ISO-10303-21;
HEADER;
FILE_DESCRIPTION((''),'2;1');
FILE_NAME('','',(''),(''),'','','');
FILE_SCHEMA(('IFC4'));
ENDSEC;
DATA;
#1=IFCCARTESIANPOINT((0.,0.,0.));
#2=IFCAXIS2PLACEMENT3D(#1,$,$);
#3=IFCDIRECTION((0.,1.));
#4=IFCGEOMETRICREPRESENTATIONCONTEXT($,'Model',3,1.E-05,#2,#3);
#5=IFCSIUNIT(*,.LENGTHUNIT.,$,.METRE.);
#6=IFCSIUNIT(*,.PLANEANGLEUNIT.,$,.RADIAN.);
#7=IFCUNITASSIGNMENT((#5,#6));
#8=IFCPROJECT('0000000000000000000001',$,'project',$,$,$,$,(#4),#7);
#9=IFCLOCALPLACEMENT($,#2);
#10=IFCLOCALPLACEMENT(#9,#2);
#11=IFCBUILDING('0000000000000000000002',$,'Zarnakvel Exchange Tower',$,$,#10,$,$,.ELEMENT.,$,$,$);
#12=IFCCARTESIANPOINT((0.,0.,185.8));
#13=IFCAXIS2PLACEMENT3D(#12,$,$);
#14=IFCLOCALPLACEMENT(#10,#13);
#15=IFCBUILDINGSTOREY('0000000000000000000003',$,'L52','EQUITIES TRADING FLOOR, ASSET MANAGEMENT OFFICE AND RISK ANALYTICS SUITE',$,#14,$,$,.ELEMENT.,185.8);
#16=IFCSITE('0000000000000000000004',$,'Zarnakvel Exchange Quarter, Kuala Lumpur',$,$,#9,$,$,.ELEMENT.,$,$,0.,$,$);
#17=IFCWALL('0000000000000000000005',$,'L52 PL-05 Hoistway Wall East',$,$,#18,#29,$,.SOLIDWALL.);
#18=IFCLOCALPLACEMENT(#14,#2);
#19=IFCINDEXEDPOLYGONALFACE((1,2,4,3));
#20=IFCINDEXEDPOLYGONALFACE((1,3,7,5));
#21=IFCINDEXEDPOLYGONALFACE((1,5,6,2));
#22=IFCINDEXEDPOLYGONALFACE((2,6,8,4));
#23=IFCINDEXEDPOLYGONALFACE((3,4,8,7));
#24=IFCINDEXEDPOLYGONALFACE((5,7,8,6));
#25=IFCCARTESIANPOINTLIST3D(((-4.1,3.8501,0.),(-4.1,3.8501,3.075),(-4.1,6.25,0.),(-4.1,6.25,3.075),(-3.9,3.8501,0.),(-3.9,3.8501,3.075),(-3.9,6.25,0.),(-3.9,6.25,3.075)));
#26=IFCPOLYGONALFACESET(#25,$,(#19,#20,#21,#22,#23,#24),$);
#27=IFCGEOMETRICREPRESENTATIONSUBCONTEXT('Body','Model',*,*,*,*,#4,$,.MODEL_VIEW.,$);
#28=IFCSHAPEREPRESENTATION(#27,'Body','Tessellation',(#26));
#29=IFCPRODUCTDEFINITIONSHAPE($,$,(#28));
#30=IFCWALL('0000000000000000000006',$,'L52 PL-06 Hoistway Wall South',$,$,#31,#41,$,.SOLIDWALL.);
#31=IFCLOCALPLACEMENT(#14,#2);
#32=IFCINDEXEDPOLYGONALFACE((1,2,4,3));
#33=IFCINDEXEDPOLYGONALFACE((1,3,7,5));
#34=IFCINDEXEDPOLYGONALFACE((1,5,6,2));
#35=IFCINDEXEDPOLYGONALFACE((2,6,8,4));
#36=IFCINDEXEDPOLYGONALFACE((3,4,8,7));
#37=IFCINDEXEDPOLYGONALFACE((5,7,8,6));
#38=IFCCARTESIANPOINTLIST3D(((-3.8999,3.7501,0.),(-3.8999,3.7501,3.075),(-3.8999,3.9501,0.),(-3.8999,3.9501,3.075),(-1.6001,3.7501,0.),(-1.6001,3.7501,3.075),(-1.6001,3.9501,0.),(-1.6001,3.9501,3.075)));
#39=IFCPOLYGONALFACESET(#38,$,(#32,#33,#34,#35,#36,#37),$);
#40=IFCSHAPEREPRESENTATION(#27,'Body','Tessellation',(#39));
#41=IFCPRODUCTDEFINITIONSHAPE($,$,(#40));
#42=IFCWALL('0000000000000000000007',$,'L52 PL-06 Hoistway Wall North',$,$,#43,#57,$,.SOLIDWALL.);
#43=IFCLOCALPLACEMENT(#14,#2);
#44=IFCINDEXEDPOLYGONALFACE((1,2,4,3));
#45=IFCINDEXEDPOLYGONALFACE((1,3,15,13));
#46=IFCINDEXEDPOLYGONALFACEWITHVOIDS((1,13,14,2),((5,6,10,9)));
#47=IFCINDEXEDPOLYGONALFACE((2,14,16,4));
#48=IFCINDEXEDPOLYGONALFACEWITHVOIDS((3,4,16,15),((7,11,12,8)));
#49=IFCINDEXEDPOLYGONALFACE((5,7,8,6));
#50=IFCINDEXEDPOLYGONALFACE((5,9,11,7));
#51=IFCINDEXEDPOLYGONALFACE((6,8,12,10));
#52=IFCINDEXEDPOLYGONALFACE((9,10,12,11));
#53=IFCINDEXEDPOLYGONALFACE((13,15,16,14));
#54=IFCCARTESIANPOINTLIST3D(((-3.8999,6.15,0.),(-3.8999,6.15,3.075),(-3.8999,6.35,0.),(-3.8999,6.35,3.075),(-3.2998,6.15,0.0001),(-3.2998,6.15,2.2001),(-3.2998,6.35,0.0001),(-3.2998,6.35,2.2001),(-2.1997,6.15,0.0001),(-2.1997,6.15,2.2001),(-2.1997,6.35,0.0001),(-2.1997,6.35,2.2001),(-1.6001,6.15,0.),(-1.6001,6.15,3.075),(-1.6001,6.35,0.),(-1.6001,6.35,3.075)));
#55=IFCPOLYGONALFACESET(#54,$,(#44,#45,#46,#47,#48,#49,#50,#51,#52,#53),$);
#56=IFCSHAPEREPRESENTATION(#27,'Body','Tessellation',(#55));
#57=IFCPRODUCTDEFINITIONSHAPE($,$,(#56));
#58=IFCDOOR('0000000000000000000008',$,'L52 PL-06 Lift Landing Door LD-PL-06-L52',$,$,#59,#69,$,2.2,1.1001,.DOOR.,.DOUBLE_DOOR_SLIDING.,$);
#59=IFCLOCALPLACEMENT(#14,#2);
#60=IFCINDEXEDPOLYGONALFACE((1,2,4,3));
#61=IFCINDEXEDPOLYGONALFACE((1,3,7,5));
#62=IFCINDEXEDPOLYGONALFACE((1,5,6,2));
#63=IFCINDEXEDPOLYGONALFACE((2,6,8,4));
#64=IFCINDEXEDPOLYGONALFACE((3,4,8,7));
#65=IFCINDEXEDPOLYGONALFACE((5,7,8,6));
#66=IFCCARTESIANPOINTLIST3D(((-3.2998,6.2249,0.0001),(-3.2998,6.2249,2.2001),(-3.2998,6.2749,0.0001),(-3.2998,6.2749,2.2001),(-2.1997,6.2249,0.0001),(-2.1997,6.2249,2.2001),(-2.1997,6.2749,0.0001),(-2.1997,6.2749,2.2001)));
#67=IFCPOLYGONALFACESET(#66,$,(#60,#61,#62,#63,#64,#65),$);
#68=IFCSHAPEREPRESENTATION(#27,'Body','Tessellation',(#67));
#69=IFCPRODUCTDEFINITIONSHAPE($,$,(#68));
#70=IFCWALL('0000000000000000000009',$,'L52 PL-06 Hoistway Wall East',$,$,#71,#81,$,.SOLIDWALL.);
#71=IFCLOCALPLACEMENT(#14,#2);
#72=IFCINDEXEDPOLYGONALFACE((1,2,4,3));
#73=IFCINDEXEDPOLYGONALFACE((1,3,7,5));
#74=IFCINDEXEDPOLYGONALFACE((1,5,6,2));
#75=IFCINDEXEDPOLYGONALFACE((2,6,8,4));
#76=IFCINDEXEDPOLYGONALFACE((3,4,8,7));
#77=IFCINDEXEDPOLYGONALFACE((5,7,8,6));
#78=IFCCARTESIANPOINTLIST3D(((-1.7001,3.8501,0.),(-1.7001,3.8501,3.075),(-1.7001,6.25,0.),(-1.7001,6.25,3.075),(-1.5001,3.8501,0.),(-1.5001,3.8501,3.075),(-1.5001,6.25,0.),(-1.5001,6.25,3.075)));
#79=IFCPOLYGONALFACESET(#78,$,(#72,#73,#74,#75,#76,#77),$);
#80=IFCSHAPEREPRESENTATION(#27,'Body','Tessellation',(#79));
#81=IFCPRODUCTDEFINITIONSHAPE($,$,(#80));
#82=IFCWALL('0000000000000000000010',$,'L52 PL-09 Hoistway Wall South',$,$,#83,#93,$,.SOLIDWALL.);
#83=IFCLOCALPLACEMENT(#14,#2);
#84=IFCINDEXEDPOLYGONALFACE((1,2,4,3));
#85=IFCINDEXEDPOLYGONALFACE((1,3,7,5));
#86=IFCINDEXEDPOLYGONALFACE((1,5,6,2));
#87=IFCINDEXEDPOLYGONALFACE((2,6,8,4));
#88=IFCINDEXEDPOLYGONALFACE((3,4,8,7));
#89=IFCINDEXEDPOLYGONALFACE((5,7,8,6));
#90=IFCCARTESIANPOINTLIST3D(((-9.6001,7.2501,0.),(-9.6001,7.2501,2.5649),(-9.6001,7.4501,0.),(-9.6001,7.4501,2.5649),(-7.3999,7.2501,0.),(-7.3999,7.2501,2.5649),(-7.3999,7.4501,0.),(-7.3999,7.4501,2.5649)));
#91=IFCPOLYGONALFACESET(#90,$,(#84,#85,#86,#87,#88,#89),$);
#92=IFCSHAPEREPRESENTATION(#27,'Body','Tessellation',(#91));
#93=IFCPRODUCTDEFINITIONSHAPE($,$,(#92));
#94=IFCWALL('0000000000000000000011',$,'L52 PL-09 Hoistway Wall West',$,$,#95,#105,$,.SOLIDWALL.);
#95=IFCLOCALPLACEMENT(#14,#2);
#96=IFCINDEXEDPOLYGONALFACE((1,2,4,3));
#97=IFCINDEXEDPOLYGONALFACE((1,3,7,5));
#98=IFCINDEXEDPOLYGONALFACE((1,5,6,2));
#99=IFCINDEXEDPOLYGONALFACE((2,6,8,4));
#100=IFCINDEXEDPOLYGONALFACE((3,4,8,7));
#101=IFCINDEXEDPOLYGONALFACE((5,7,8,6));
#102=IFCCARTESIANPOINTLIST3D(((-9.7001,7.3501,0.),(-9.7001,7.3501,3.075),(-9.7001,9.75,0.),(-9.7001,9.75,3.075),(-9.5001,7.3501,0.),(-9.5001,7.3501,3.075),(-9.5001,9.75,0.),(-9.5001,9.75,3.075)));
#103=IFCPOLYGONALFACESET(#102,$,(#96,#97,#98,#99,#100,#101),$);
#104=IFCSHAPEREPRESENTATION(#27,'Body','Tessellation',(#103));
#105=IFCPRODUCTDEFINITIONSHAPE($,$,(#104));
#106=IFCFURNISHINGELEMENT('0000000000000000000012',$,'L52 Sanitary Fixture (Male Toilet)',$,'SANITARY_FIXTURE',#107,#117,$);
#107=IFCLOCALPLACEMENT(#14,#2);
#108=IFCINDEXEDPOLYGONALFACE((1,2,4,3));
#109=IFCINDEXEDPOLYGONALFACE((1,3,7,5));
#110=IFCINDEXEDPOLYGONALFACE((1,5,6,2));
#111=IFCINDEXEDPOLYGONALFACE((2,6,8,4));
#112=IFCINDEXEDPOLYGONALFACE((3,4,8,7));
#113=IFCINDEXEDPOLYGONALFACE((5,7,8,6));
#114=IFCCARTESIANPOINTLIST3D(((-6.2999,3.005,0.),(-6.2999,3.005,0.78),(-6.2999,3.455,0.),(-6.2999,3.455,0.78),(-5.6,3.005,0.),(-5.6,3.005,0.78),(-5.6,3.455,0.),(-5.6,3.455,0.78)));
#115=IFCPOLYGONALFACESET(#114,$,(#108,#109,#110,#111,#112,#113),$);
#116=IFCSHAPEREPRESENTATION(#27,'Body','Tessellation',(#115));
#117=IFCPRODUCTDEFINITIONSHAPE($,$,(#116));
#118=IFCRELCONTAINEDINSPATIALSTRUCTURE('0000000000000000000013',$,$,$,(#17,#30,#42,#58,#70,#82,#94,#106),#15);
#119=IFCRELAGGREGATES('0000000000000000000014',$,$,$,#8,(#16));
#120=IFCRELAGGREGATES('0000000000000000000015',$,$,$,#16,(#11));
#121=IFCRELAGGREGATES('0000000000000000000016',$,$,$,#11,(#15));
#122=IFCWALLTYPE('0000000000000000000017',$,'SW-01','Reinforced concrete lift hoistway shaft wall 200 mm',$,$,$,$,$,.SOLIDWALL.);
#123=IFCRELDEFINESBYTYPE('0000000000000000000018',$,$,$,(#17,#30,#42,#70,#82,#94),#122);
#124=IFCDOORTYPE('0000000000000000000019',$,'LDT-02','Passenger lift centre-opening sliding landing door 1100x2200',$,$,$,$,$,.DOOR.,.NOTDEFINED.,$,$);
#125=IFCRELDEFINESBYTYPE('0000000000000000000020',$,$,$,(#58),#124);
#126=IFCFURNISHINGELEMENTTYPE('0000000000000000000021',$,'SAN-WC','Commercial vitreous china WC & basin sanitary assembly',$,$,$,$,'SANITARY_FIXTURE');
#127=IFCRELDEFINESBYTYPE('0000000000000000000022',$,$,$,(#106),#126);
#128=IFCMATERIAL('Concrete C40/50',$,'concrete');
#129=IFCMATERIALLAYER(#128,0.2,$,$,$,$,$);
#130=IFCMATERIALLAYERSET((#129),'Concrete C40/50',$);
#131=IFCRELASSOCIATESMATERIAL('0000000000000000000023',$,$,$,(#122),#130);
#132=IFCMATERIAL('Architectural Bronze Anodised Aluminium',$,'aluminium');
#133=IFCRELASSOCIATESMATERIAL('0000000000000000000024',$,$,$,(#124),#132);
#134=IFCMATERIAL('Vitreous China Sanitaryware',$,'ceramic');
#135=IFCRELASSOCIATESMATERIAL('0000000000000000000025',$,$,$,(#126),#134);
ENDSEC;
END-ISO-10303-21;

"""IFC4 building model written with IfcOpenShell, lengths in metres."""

from ifc_helpers import new_model, si_unit, direction, frame, frame_2d, origin, origin_2d, place, context, subcontext, project, spatial, rectangle, extrude, source, transform, mapped, material, layer, layer_set, type_object, element, fill, save


model = new_model("IFC4")

# Units and contexts
model_context = context("Model", 3, precision=1e-05, world=origin(), true_north=direction((0.0, 1.0)))
body_context = subcontext(model_context, "Body", "Model", "MODEL_VIEW")
ifc_project = project(units=[si_unit("LENGTHUNIT", "METRE"), si_unit("PLANEANGLEUNIT", "RADIAN")], contexts=[model_context])

# Site, building, storey
site_placement = place(None, origin())
site = spatial("IfcSite", under=ifc_project, at=site_placement, Name="Zarnakvel Exchange Quarter, Kuala Lumpur", CompositionType="ELEMENT", RefElevation=0.0)
building_placement = place(site_placement, origin())
building = spatial("IfcBuilding", under=site, at=building_placement, Name="Zarnakvel Exchange Tower", CompositionType="ELEMENT")
storey_placement = place(building_placement, frame((0.0, 0.0, 185.8)))
storey = spatial("IfcBuildingStorey", under=building, at=storey_placement, Name="L52", Description="EQUITIES TRADING FLOOR, ASSET MANAGEMENT OFFICE AND RISK ANALYTICS SUITE", CompositionType="ELEMENT", Elevation=185.8)

# Shared definitions
ifc_material_1 = material(Name="Concrete C40/50", Category="concrete")

# Shared definitions
ifc_layer_1 = layer(ifc_material_1, 0.2)
ifc_layer_set_1 = layer_set([ifc_layer_1], Name="Concrete C40/50")
wall_type_1 = type_object("IfcWallType", Name="SW-01", Description="Reinforced concrete lift hoistway shaft wall 200 mm", PredefinedType="SOLIDWALL", material=ifc_layer_set_1)
shared_shape_1 = source(origin(), body_context, "Body", "SweptSolid", [
    extrude(rectangle(XDim=1.1001, YDim=2.2, at=frame_2d((0.55, 1.1001))), frame((0.0, 0.0249, 0.0), z_axis=(0.0, -1.0, 0.0), x_axis=(1.0, 0.0, 0.0)), (0.0, 0.0, 1.0), 0.05),
])

# Shared definitions
ifc_material_2 = material(Name="Architectural Bronze Anodised Aluminium", Category="aluminium")
door_type_1 = type_object("IfcDoorType", Name="LDT-02", Description="Passenger lift centre-opening sliding landing door 1100x2200", OperationType="NOTDEFINED", PredefinedType="DOOR", material=ifc_material_2)

# Walls
for number, where, z_axis, x_axis, name in (
    (1, (-4.0, 6.25, 0.0), (0.0, 0.0, 1.0), (0.0, -1.0, 0.0), "L52 PL-05 Hoistway Wall East"),
):
    element("IfcWall", number, at=place(storey_placement, frame(where, z_axis=z_axis, x_axis=x_axis)), inside=storey, type_object=wall_type_1, Name=name, PredefinedType="SOLIDWALL", context=body_context, shape_type="SweptSolid", body=[
        extrude(rectangle(XDim=2.3999, YDim=0.2, at=frame_2d((1.2, 0.0))), origin(), (0.0, 0.0, 1.0), 3.075),
    ])
wall_1_placement = place(storey_placement, frame((-1.6001, 3.8501, 0.0), z_axis=(0.0, 0.0, 1.0), x_axis=(-1.0, 0.0, 0.0)))
element("IfcWall", 2, at=wall_1_placement, inside=storey, type_object=wall_type_1, Name="L52 PL-06 Hoistway Wall South", PredefinedType="SOLIDWALL", context=body_context, shape_type="SweptSolid", body=[
    extrude(rectangle(XDim=2.2998, YDim=0.2, at=frame_2d((1.1499, 0.0))), origin(), (0.0, 0.0, 1.0), 3.075),
])

# Wall, opening, door
wall_2_placement = place(storey_placement, frame((-3.8999, 6.25, 0.0), z_axis=(0.0, 0.0, 1.0), x_axis=(1.0, 0.0, 0.0)))
wall_2 = element("IfcWall", 3, at=wall_2_placement, inside=storey, type_object=wall_type_1, Name="L52 PL-06 Hoistway Wall North", PredefinedType="SOLIDWALL", context=body_context, shape_type="SweptSolid", body=[
    extrude(rectangle(XDim=2.2998, YDim=0.2, at=frame_2d((1.1499, 0.0))), origin(), (0.0, 0.0, 1.0), 3.075),
])
opening_1_placement = place(wall_2_placement, frame((0.6001, 0.0, 0.0)))
opening_1 = element("IfcOpeningElement", 4, at=opening_1_placement, cuts=wall_2, PredefinedType="OPENING", context=body_context, shape_type="SweptSolid", body=[
    extrude(rectangle(XDim=1.1001, YDim=2.2, at=frame_2d((0.55, 1.1001))), frame((0.0, 0.1099, 0.0), z_axis=(0.0, -1.0, 0.0), x_axis=(1.0, 0.0, 0.0)), (0.0, 0.0, 1.0), 0.22),
])
door_1_placement = place(opening_1_placement, origin())
door_1 = element("IfcDoor", 5, at=door_1_placement, inside=storey, type_object=door_type_1, Name="L52 PL-06 Lift Landing Door LD-PL-06-L52", OperationType="DOUBLE_DOOR_SLIDING", OverallHeight=2.2, OverallWidth=1.1001, PredefinedType="DOOR", context=body_context, shape_type="MappedRepresentation", body=[
    mapped(shared_shape_1, transform((0.0, 0.0, 0.0), x_axis=(1.0, 0.0, 0.0), y_axis=(0.0, 1.0, 0.0), z_axis=(0.0, 0.0, 1.0), scale=1.0)),
])
fill(opening_1, door_1)

# Walls
wall_3_placement = place(storey_placement, frame((-1.6001, 6.25, 0.0), z_axis=(0.0, 0.0, 1.0), x_axis=(0.0, -1.0, 0.0)))
element("IfcWall", 6, at=wall_3_placement, inside=storey, type_object=wall_type_1, Name="L52 PL-06 Hoistway Wall East", PredefinedType="SOLIDWALL", context=body_context, shape_type="SweptSolid", body=[
    extrude(rectangle(XDim=2.3999, YDim=0.2, at=frame_2d((1.2, 0.0))), origin(), (0.0, 0.0, 1.0), 3.075),
])
wall_4_placement = place(storey_placement, frame((-7.3999, 7.3501, 0.0), z_axis=(0.0, 0.0, 1.0), x_axis=(-1.0, 0.0, 0.0)))
element("IfcWall", 7, at=wall_4_placement, inside=storey, type_object=wall_type_1, Name="L52 PL-09 Hoistway Wall South", PredefinedType="SOLIDWALL", context=body_context, shape_type="SweptSolid", body=[
    extrude(rectangle(XDim=2.2002, YDim=0.2, at=frame_2d((1.1001, 0.0))), origin(), (0.0, 0.0, 1.0), 2.5649),
])
wall_5_placement = place(storey_placement, frame((-9.6001, 7.3501, 0.0), z_axis=(0.0, 0.0, 1.0), x_axis=(0.0, 1.0, 0.0)))
element("IfcWall", 8, at=wall_5_placement, inside=storey, type_object=wall_type_1, Name="L52 PL-09 Hoistway Wall West", PredefinedType="SOLIDWALL", context=body_context, shape_type="SweptSolid", body=[
    extrude(rectangle(XDim=2.3999, YDim=0.2, at=frame_2d((1.2, 0.0))), origin(), (0.0, 0.0, 1.0), 3.075),
])

# Furnishing element
ifc_material_3 = material(Name="Vitreous China Sanitaryware", Category="ceramic")
furnishing_element_type = type_object("IfcFurnishingElementType", Name="SAN-WC", Description="Commercial vitreous china WC & basin sanitary assembly", ElementType="SANITARY_FIXTURE", material=ifc_material_3)
shared_shape_2 = source(origin(), body_context, "Body", "SweptSolid", [
    extrude(rectangle(XDim=0.7, YDim=0.45, at=origin_2d()), origin(), (0.0, 0.0, 1.0), 0.78),
])
furnishing_placement = place(storey_placement, frame((-5.95, 3.23, 0.0), z_axis=(0.0, 0.0, 1.0), x_axis=(1.0, 0.0, 0.0)))
element("IfcFurnishingElement", 9, at=furnishing_placement, inside=storey, type_object=furnishing_element_type, Name="L52 Sanitary Fixture (Male Toilet)", ObjectType="SANITARY_FIXTURE", context=body_context, shape_type="MappedRepresentation", body=[
    mapped(shared_shape_2, transform((0.0, 0.0, 0.0), x_axis=(1.0, 0.0, 0.0), y_axis=(0.0, 1.0, 0.0), z_axis=(0.0, 0.0, 1.0), scale=1.0)),
])

save(model, "model.ifc")
